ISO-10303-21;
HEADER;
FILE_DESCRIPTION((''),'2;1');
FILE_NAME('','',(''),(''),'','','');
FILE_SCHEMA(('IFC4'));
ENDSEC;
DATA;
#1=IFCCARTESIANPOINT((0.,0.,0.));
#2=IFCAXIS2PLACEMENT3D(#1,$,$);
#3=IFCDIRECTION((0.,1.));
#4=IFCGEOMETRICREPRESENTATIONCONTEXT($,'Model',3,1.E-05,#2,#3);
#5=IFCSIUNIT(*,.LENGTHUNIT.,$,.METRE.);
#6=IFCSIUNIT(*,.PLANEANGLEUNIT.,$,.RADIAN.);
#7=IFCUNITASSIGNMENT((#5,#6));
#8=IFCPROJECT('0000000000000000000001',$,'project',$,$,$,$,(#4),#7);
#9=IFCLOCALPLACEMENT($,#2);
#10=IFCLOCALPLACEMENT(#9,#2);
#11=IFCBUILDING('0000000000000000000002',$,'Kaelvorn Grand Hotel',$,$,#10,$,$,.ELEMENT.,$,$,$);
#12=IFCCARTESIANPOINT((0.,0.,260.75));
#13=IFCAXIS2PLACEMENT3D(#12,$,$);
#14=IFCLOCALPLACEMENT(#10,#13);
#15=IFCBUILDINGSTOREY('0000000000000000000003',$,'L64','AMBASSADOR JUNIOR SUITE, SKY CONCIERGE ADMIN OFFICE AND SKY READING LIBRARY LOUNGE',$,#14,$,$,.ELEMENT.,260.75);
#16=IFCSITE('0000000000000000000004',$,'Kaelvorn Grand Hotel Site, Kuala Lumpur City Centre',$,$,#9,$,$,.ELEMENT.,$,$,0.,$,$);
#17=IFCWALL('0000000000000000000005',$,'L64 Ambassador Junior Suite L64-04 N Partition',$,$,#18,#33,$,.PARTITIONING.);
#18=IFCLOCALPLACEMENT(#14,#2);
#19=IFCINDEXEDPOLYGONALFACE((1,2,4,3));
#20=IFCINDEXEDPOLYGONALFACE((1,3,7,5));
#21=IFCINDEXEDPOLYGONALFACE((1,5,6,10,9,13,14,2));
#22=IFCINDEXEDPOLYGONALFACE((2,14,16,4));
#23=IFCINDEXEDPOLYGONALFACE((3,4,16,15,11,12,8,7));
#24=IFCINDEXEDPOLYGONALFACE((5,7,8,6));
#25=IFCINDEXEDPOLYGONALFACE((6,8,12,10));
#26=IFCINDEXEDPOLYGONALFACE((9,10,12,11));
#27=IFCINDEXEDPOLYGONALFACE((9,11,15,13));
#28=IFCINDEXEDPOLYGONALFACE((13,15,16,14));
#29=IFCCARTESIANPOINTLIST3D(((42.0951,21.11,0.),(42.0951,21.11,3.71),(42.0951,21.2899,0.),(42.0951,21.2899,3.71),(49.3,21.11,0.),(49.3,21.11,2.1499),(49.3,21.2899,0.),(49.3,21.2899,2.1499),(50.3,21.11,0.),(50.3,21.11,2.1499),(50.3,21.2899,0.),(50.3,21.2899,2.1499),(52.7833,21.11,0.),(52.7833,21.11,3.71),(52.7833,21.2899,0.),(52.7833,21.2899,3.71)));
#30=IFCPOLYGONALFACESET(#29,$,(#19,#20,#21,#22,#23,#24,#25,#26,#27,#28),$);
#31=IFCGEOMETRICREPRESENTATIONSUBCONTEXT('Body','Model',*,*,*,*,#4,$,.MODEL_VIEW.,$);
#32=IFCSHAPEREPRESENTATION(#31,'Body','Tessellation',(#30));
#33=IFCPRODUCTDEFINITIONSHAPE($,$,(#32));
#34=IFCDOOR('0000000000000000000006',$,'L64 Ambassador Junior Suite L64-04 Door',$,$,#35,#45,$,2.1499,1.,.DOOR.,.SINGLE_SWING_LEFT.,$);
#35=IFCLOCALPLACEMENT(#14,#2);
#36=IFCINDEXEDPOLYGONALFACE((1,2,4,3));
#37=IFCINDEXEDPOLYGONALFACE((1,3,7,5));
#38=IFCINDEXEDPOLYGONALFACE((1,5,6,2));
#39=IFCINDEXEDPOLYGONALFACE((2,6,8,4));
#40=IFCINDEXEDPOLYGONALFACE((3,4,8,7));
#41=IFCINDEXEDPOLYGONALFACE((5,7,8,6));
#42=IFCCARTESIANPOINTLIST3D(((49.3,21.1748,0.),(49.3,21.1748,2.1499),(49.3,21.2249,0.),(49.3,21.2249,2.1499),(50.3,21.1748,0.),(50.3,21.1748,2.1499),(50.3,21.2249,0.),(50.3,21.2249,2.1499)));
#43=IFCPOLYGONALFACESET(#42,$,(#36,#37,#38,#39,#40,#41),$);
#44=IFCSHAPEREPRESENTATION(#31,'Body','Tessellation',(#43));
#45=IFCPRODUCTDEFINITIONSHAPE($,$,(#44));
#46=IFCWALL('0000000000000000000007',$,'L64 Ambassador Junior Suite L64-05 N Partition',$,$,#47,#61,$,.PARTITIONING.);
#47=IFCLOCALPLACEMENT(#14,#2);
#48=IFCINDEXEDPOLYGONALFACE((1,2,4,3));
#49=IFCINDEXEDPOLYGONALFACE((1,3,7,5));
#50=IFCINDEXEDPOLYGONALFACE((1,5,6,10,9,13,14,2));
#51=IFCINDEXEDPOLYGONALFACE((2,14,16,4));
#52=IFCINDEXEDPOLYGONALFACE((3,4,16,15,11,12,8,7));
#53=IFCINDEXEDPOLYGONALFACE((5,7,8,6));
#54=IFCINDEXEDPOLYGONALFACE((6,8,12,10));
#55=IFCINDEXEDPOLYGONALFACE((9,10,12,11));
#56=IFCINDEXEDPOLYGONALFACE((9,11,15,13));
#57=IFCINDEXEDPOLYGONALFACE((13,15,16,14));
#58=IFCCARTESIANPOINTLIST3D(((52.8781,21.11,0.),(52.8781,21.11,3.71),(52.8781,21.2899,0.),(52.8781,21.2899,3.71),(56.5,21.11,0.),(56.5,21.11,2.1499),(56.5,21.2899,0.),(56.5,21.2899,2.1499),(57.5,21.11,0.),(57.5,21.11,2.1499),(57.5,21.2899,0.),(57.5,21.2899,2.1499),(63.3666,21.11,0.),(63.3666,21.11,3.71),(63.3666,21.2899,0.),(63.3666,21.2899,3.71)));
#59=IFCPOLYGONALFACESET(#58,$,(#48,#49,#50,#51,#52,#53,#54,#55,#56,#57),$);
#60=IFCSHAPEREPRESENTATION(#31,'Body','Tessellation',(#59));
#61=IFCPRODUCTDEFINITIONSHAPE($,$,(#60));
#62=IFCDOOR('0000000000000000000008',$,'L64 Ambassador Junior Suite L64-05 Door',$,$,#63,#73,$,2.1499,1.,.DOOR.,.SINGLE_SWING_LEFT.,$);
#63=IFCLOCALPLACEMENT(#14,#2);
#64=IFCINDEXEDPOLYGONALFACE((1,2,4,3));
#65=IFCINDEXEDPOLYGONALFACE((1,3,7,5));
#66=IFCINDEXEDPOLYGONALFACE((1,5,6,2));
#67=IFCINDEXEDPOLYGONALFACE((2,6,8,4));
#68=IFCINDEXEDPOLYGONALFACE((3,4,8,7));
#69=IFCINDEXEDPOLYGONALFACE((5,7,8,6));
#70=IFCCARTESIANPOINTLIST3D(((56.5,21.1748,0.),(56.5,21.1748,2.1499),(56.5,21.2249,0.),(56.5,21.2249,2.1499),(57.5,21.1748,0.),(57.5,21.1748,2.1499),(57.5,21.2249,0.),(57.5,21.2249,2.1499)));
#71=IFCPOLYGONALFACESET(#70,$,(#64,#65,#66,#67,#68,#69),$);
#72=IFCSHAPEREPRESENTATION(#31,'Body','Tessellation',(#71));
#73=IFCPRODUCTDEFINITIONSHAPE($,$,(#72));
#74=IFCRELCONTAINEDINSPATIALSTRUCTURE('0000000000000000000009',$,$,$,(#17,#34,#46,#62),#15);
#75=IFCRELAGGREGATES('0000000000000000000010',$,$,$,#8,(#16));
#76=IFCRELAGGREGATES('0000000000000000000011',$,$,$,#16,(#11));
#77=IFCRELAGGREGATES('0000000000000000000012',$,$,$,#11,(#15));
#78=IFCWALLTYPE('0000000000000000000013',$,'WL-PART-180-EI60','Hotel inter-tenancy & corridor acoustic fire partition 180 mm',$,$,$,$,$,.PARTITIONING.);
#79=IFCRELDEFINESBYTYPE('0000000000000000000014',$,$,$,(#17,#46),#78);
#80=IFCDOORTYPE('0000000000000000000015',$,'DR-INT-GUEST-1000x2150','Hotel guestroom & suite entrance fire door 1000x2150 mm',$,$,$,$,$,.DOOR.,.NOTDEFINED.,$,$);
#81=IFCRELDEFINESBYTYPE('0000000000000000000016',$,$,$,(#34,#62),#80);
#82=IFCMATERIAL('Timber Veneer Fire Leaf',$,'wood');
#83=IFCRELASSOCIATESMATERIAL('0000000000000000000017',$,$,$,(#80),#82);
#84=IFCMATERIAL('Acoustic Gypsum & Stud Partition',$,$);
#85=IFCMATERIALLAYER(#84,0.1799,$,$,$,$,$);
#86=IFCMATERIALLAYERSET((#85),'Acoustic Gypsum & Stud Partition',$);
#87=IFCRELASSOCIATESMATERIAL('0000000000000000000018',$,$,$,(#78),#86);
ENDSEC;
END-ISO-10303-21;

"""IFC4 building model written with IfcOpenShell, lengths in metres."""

from ifc_helpers import new_model, si_unit, direction, frame, frame_2d, origin, place, context, subcontext, project, spatial, rectangle, extrude, material, layer, layer_set, type_object, element, fill, save


model = new_model("IFC4")

# Units and contexts
model_context = context("Model", 3, precision=1e-05, world=origin(), true_north=direction((0.0, 1.0)))
body_context = subcontext(model_context, "Body", "Model", "MODEL_VIEW")
ifc_project = project(units=[si_unit("LENGTHUNIT", "METRE"), si_unit("PLANEANGLEUNIT", "RADIAN")], contexts=[model_context])

# Site, building, storey
site_placement = place(None, origin())
site = spatial("IfcSite", under=ifc_project, at=site_placement, Name="Kaelvorn Grand Hotel Site, Kuala Lumpur City Centre", CompositionType="ELEMENT", RefElevation=0.0)
building_placement = place(site_placement, origin())
building = spatial("IfcBuilding", under=site, at=building_placement, Name="Kaelvorn Grand Hotel", CompositionType="ELEMENT")
storey_placement = place(building_placement, frame((0.0, 0.0, 260.75)))
storey = spatial("IfcBuildingStorey", under=building, at=storey_placement, Name="L64", Description="AMBASSADOR JUNIOR SUITE, SKY CONCIERGE ADMIN OFFICE AND SKY READING LIBRARY LOUNGE", CompositionType="ELEMENT", Elevation=260.75)

# Shared definitions
ifc_material_1 = material(Name="Acoustic Gypsum & Stud Partition")

# Shared definitions
ifc_material_2 = material(Name="Timber Veneer Fire Leaf", Category="wood")
door_type_1 = type_object("IfcDoorType", Name="DR-INT-GUEST-1000x2150", Description="Hotel guestroom & suite entrance fire door 1000x2150 mm", OperationType="NOTDEFINED", PredefinedType="DOOR", material=ifc_material_2)

# Walls, openings, doors
ifc_layer_1 = layer(ifc_material_1, 0.1799)
ifc_layer_set_1 = layer_set([ifc_layer_1], Name="Acoustic Gypsum & Stud Partition")
wall_type_1 = type_object("IfcWallType", Name="WL-PART-180-EI60", Description="Hotel inter-tenancy & corridor acoustic fire partition 180 mm", PredefinedType="PARTITIONING", material=ifc_layer_set_1)
wall_1_placement = place(storey_placement, frame((42.095, 21.2, 0.0), z_axis=(0.0, 0.0, 1.0), x_axis=(1.0, 0.0, 0.0)))
wall_1 = element("IfcWall", 1, at=wall_1_placement, inside=storey, type_object=wall_type_1, Name="L64 Ambassador Junior Suite L64-04 N Partition", PredefinedType="PARTITIONING", context=body_context, shape_type="SweptSolid", body=[
    extrude(rectangle(XDim=10.6882, YDim=0.1799, at=frame_2d((5.3442, 0.0))), origin(), (0.0, 0.0, 1.0), 3.71),
])
opening_1_placement = place(wall_1_placement, frame((7.2051, 0.0, 0.0)))
opening_1 = element("IfcOpeningElement", 2, at=opening_1_placement, cuts=wall_1, PredefinedType="OPENING", context=body_context, shape_type="SweptSolid", body=[
    extrude(rectangle(XDim=1.0, YDim=2.1499, at=frame_2d((0.5, 1.075))), frame((0.0, 0.1001, 0.0), z_axis=(0.0, -1.0, 0.0), x_axis=(1.0, 0.0, 0.0)), (0.0, 0.0, 1.0), 0.2),
])
door_1_placement = place(opening_1_placement, origin())
door_1 = element("IfcDoor", 3, at=door_1_placement, inside=storey, type_object=door_type_1, Name="L64 Ambassador Junior Suite L64-04 Door", OperationType="SINGLE_SWING_LEFT", OverallHeight=2.1499, OverallWidth=1.0, PredefinedType="DOOR", context=body_context, shape_type="SweptSolid", body=[
    extrude(rectangle(XDim=1.0, YDim=2.1499, at=frame_2d((0.5, 1.075))), frame((0.0, 0.0249, 0.0), z_axis=(0.0, -1.0, 0.0), x_axis=(1.0, 0.0, 0.0)), (0.0, 0.0, 1.0), 0.05),
])
fill(opening_1, door_1)
wall_2_placement = place(storey_placement, frame((52.8782, 21.2, 0.0), z_axis=(0.0, 0.0, 1.0), x_axis=(1.0, 0.0, 0.0)))
wall_2 = element("IfcWall", 4, at=wall_2_placement, inside=storey, type_object=wall_type_1, Name="L64 Ambassador Junior Suite L64-05 N Partition", PredefinedType="PARTITIONING", context=body_context, shape_type="SweptSolid", body=[
    extrude(rectangle(XDim=10.4885, YDim=0.1799, at=frame_2d((5.2441, 0.0))), origin(), (0.0, 0.0, 1.0), 3.71),
])
opening_2_placement = place(wall_2_placement, frame((3.6218, 0.0, 0.0)))
opening_2 = element("IfcOpeningElement", 5, at=opening_2_placement, cuts=wall_2, PredefinedType="OPENING", context=body_context, shape_type="SweptSolid", body=[
    extrude(rectangle(XDim=1.0, YDim=2.1499, at=frame_2d((0.5, 1.075))), frame((0.0, 0.1001, 0.0), z_axis=(0.0, -1.0, 0.0), x_axis=(1.0, 0.0, 0.0)), (0.0, 0.0, 1.0), 0.2),
])
door_2_placement = place(opening_2_placement, origin())
door_2 = element("IfcDoor", 6, at=door_2_placement, inside=storey, type_object=door_type_1, Name="L64 Ambassador Junior Suite L64-05 Door", OperationType="SINGLE_SWING_LEFT", OverallHeight=2.1499, OverallWidth=1.0, PredefinedType="DOOR", context=body_context, shape_type="SweptSolid", body=[
    extrude(rectangle(XDim=1.0, YDim=2.1499, at=frame_2d((0.5, 1.075))), frame((0.0, 0.0249, 0.0), z_axis=(0.0, -1.0, 0.0), x_axis=(1.0, 0.0, 0.0)), (0.0, 0.0, 1.0), 0.05),
])
fill(opening_2, door_2)

save(model, "model.ifc")
